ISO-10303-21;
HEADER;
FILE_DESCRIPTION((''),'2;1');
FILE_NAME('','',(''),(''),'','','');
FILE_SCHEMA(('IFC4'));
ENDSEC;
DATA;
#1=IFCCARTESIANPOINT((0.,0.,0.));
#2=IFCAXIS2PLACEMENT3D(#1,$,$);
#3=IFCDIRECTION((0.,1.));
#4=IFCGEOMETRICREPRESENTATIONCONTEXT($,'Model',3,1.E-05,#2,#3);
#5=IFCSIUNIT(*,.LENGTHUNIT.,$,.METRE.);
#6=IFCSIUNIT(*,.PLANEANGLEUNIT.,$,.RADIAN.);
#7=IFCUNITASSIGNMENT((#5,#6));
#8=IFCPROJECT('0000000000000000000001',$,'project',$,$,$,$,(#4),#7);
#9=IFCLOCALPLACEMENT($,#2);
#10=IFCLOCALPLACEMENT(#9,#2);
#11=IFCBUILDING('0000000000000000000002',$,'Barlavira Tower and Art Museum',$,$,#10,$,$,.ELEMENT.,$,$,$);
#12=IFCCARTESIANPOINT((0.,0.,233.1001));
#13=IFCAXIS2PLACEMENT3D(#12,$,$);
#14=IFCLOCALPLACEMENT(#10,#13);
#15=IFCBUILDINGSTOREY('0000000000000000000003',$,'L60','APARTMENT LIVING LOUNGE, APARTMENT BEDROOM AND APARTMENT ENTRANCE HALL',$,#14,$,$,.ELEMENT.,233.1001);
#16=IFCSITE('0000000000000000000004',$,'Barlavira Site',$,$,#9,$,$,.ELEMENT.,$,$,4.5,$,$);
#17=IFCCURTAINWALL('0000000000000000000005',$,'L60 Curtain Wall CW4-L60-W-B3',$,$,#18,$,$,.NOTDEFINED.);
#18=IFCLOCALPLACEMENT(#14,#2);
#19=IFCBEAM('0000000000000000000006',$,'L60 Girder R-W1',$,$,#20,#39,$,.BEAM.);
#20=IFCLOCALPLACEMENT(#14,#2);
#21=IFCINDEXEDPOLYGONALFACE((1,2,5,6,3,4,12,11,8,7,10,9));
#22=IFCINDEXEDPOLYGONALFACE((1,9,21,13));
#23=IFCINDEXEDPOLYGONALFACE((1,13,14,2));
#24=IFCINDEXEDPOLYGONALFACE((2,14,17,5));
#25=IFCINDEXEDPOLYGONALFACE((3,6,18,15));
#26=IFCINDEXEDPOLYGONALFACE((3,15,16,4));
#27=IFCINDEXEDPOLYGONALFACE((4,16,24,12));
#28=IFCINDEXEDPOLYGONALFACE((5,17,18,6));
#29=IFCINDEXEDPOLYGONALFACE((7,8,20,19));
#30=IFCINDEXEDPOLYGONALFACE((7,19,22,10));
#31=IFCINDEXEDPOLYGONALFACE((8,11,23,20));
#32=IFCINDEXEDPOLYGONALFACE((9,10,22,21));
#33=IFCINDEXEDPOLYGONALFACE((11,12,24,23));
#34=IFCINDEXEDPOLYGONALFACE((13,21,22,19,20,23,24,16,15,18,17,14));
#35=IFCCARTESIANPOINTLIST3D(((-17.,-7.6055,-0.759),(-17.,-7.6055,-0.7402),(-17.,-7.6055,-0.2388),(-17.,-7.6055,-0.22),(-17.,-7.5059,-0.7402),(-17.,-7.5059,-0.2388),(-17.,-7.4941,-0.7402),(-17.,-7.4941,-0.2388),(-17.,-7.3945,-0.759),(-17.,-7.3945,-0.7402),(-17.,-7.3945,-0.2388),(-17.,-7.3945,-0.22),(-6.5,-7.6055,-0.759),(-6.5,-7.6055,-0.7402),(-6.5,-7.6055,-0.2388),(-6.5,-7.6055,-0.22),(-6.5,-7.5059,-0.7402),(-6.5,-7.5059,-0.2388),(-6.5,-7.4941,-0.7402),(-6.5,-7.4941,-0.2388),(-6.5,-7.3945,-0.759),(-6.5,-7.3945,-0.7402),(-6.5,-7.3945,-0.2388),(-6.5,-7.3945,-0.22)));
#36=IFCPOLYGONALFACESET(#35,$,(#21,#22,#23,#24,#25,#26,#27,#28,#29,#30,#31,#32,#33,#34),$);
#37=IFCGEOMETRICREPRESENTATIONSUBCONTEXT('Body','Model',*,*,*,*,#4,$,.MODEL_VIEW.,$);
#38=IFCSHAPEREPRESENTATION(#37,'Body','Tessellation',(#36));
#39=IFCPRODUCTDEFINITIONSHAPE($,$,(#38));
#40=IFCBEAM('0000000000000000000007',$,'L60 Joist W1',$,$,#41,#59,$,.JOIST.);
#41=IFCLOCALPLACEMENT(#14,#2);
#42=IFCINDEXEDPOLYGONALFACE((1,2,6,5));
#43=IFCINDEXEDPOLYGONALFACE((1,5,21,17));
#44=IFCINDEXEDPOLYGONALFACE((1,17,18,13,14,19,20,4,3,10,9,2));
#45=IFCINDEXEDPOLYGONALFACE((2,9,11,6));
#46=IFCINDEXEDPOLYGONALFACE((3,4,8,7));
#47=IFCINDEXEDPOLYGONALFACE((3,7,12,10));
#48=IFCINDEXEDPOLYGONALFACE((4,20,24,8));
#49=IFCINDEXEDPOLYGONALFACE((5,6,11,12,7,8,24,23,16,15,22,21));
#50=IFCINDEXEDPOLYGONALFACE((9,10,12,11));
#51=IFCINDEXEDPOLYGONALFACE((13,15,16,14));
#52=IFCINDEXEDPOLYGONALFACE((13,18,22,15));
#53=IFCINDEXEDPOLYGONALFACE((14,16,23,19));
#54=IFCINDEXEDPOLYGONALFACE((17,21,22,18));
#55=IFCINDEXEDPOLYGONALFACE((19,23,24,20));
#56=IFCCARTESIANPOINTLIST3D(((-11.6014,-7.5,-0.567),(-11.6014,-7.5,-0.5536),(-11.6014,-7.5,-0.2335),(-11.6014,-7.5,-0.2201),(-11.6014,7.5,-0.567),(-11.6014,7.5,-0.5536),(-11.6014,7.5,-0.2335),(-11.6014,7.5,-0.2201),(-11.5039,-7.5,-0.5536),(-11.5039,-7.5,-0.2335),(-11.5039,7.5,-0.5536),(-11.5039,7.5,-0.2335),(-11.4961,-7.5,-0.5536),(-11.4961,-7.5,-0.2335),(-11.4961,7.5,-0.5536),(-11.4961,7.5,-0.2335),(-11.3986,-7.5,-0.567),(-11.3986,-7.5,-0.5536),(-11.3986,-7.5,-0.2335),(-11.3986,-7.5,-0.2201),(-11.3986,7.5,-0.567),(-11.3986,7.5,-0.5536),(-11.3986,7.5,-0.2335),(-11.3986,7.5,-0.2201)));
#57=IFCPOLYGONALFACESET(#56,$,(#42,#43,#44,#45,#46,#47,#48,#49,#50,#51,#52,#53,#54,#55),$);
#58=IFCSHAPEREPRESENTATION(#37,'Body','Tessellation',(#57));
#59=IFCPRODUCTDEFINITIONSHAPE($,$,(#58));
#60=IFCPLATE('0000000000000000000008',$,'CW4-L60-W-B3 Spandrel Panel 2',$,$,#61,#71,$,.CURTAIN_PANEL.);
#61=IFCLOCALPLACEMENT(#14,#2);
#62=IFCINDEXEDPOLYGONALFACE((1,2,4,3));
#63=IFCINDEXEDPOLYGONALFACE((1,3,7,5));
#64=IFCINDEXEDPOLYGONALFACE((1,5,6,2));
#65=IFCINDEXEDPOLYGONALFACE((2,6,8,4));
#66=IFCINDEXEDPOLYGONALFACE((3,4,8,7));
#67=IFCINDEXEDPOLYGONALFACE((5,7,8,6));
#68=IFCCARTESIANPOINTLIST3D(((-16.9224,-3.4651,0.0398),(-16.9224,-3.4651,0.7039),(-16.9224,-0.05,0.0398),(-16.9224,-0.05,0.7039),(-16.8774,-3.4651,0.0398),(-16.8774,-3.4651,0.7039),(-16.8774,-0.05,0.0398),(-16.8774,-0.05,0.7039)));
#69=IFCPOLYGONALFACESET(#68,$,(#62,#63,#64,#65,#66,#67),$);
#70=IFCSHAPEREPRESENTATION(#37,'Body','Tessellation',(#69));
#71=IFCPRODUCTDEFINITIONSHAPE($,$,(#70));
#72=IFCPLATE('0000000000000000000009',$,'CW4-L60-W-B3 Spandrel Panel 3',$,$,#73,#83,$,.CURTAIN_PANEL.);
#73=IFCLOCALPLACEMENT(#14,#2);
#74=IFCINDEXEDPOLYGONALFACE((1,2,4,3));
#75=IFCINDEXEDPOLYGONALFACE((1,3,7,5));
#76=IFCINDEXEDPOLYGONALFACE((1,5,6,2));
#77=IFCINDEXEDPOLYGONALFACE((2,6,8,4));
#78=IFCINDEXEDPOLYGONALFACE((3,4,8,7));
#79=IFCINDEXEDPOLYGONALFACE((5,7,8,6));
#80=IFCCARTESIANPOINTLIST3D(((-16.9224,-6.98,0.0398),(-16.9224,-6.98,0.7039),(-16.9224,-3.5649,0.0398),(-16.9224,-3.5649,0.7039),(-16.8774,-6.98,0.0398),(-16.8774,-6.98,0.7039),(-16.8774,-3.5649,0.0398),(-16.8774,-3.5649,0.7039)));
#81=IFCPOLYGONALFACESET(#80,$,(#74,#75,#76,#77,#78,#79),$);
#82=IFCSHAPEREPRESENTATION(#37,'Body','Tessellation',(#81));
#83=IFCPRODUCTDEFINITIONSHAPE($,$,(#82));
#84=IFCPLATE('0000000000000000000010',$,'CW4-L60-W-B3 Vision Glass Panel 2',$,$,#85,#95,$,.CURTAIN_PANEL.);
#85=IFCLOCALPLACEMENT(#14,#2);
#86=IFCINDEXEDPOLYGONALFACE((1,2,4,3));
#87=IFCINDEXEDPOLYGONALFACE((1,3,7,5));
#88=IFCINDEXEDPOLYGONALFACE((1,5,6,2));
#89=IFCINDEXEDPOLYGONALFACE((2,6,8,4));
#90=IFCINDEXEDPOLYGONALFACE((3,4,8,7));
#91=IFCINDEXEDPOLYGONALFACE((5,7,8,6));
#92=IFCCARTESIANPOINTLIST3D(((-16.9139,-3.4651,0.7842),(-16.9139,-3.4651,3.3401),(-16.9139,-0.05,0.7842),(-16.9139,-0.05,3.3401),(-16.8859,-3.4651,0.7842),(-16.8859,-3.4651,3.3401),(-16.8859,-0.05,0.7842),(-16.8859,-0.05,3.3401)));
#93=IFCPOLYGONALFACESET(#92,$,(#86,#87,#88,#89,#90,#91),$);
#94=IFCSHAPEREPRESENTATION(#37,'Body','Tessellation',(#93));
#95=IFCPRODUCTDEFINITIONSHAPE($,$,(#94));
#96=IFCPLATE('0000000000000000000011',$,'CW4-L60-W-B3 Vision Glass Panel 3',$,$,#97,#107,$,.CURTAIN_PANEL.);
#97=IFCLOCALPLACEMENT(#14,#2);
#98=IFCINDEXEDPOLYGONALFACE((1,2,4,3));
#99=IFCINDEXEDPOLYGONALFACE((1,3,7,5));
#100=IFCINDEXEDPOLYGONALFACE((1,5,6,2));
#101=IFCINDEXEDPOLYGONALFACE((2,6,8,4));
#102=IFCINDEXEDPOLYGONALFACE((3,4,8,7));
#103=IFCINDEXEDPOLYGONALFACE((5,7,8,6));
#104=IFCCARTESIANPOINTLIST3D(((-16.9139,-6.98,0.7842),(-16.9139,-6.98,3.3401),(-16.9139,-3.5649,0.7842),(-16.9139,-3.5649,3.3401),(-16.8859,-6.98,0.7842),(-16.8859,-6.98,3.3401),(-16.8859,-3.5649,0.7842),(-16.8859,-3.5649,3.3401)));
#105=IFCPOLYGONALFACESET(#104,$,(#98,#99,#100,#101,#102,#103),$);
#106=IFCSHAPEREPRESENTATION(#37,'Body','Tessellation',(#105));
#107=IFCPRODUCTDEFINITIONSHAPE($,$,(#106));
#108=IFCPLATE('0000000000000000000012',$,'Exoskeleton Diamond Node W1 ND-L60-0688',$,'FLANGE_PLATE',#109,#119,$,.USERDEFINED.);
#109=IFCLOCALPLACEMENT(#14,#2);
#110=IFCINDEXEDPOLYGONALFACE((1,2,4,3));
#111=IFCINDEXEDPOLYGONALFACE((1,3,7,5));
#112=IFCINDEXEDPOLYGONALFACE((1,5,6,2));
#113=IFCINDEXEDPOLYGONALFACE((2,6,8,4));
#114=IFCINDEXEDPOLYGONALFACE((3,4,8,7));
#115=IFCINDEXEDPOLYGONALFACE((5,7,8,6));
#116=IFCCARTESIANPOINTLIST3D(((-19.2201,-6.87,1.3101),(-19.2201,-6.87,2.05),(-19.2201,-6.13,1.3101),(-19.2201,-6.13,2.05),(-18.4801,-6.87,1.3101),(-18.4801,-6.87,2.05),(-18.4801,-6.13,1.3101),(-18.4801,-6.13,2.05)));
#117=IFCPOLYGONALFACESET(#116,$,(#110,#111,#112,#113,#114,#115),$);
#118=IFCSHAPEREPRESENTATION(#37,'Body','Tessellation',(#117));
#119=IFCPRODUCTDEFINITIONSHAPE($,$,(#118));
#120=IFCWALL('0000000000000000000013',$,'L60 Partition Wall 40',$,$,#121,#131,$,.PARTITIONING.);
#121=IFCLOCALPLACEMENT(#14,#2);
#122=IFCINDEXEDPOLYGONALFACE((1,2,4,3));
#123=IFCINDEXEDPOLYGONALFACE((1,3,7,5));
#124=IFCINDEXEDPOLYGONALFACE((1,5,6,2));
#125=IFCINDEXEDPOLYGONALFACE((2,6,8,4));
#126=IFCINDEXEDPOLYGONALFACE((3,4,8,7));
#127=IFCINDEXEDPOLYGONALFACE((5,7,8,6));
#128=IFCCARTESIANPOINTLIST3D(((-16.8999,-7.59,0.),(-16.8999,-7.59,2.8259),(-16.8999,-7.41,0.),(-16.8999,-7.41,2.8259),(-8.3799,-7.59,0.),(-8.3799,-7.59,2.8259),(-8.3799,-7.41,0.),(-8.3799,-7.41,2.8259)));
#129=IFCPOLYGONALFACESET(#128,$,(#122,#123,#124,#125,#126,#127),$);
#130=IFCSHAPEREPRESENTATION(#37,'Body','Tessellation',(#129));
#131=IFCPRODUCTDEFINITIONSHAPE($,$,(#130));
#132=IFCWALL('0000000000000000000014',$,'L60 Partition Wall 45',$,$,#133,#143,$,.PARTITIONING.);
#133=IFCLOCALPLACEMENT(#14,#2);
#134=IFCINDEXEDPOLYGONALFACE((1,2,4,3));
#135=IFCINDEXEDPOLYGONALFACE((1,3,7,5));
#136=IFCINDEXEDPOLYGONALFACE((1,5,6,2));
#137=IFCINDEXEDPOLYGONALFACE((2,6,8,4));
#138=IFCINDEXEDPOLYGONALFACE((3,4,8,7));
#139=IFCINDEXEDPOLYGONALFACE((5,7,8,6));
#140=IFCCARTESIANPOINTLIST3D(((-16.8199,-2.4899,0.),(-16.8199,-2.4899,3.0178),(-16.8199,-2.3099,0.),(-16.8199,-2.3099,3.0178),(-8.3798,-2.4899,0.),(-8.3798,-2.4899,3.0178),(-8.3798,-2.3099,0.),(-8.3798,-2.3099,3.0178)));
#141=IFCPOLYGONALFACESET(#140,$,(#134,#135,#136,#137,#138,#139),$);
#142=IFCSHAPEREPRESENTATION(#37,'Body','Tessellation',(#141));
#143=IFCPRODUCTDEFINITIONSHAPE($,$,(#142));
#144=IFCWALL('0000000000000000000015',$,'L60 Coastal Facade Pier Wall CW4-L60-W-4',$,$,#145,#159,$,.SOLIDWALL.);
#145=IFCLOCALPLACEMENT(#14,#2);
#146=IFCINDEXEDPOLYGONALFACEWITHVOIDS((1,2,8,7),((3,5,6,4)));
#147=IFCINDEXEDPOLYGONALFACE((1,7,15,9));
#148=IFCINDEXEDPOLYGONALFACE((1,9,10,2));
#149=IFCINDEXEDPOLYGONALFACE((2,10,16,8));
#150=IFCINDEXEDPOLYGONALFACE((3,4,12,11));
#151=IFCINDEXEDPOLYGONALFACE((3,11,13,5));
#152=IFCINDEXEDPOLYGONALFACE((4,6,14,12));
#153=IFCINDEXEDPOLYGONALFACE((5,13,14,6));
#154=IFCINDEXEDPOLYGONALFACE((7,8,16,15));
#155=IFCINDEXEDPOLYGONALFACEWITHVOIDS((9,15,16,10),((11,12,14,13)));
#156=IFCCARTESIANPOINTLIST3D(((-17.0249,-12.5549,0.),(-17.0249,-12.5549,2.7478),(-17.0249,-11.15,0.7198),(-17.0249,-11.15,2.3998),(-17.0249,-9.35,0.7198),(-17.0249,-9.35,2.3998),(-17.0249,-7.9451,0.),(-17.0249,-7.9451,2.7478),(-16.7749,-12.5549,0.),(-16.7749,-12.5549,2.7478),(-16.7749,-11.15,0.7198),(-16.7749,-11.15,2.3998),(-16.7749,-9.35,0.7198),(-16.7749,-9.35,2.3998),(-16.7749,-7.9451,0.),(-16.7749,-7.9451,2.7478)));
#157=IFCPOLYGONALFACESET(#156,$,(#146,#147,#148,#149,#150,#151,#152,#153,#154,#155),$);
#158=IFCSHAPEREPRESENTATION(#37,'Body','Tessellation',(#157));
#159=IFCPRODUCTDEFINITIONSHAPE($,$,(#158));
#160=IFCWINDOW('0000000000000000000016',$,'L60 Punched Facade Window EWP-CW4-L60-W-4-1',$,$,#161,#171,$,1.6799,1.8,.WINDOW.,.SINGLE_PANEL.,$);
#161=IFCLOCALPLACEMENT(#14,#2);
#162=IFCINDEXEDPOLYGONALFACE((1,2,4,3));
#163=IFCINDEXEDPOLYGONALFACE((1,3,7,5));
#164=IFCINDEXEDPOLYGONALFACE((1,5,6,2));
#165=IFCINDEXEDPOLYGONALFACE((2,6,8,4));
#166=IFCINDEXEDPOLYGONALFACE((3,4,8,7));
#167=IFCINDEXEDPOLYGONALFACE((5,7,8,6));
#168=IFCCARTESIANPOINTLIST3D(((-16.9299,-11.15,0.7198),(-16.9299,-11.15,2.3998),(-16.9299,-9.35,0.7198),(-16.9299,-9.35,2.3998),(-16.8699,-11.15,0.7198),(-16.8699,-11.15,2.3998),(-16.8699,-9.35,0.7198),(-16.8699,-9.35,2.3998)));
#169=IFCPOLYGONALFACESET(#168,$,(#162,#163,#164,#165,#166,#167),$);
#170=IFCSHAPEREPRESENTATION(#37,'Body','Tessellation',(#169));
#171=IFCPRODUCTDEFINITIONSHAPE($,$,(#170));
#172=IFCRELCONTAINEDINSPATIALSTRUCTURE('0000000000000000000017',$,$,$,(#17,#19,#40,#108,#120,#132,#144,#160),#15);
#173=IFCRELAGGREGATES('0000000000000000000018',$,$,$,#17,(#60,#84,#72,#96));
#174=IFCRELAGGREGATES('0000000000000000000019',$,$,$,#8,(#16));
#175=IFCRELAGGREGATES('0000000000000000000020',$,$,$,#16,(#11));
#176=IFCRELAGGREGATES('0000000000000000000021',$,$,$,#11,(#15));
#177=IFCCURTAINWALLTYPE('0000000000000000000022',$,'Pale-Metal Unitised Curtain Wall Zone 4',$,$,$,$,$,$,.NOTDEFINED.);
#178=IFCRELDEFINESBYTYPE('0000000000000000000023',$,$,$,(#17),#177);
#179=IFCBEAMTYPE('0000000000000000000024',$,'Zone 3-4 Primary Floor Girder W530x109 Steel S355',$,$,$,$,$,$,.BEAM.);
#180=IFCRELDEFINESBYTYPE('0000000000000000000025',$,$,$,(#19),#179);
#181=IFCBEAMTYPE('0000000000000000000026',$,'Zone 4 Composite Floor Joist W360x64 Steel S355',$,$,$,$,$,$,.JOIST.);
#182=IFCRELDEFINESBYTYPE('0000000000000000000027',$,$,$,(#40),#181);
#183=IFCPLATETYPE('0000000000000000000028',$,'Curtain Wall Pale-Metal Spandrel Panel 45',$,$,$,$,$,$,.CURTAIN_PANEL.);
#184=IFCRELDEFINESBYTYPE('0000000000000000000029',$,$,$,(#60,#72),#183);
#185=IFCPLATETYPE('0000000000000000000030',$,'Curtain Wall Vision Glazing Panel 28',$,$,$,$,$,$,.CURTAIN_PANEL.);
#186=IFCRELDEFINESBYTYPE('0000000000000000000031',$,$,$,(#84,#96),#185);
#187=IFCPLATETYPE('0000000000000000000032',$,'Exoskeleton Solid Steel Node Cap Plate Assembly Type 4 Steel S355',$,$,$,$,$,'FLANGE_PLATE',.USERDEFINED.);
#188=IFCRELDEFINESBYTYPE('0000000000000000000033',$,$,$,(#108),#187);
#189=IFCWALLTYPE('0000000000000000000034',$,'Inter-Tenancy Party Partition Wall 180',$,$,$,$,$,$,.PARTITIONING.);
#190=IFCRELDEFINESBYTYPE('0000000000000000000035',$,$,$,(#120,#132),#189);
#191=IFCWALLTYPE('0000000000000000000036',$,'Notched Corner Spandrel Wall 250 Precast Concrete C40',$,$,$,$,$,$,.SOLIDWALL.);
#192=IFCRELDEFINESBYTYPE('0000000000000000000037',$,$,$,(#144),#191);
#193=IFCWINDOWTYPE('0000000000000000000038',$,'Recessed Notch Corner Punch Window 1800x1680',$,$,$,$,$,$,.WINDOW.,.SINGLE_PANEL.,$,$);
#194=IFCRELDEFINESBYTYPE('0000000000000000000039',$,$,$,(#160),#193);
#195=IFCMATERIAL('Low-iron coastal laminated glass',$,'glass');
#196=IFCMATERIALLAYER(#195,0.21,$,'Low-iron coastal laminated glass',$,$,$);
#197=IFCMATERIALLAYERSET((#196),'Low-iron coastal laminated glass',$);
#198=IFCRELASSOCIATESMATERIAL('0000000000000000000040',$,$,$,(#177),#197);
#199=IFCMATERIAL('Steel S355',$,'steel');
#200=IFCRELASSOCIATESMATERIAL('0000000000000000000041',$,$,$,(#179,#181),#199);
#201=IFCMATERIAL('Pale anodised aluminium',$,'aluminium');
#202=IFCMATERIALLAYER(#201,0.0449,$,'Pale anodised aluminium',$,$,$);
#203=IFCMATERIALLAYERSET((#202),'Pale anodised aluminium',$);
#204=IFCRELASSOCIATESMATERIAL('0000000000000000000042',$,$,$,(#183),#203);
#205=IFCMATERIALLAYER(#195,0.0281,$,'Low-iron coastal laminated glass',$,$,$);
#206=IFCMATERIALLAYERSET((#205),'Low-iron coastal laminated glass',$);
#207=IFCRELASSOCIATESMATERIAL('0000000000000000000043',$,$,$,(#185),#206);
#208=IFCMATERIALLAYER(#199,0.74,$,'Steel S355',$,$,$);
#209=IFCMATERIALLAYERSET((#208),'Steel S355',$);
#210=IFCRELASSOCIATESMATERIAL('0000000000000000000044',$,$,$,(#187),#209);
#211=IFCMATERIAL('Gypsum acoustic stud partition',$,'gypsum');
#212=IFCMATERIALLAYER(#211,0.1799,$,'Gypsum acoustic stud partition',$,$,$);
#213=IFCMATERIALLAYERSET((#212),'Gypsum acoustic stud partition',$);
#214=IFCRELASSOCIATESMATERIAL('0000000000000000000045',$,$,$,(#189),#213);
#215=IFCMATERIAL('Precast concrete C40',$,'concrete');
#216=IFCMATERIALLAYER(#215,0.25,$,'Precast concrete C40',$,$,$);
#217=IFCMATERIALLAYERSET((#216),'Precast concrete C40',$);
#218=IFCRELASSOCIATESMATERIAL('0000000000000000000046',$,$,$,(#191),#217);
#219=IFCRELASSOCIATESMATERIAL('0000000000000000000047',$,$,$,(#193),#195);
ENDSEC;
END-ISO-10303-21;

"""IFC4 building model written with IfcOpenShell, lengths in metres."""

from ifc_helpers import new_model, si_unit, direction, frame, frame_2d, origin, origin_2d, place, context, subcontext, project, spatial, rectangle, i_section, extrude, material, layer, layer_set, material_profile, profile_set, type_object, element, fill, aggregate, save


model = new_model("IFC4")

# Units and contexts
model_context = context("Model", 3, precision=1e-05, world=origin(), true_north=direction((0.0, 1.0)))
body_context = subcontext(model_context, "Body", "Model", "MODEL_VIEW")
ifc_project = project(units=[si_unit("LENGTHUNIT", "METRE"), si_unit("PLANEANGLEUNIT", "RADIAN")], contexts=[model_context])

# Site, building, storey
site_placement = place(None, origin())
site = spatial("IfcSite", under=ifc_project, at=site_placement, Name="Barlavira Site", CompositionType="ELEMENT", RefElevation=4.5)
building_placement = place(site_placement, origin())
building = spatial("IfcBuilding", under=site, at=building_placement, Name="Barlavira Tower and Art Museum", CompositionType="ELEMENT")
storey_placement = place(building_placement, frame((0.0, 0.0, 233.1001)))
storey = spatial("IfcBuildingStorey", under=building, at=storey_placement, Name="L60", Description="APARTMENT LIVING LOUNGE, APARTMENT BEDROOM AND APARTMENT ENTRANCE HALL", CompositionType="ELEMENT", Elevation=233.1001)

# Curtain wall
ifc_material_1 = material(Name="Low-iron coastal laminated glass", Category="glass")
ifc_layer_1 = layer(ifc_material_1, 0.21, Name="Low-iron coastal laminated glass")
ifc_layer_set_1 = layer_set([ifc_layer_1], Name="Low-iron coastal laminated glass")
curtain_wall_type = type_object("IfcCurtainWallType", Name="Pale-Metal Unitised Curtain Wall Zone 4", PredefinedType="NOTDEFINED", material=ifc_layer_set_1)
curtain_wall_placement = place(storey_placement, origin())
curtain_wall = element("IfcCurtainWall", 1, at=curtain_wall_placement, inside=storey, type_object=curtain_wall_type, Name="L60 Curtain Wall CW4-L60-W-B3", PredefinedType="NOTDEFINED")
ifc_material_2 = material(Name="Pale anodised aluminium", Category="aluminium")

# Beams
ifc_material_3 = material(Name="Steel S355", Category="steel")
ifc_material_profile_1 = material_profile(ifc_material_3, i_section(OverallWidth=0.2109, OverallDepth=0.5391, WebThickness=0.0117, FlangeThickness=0.0188, at=origin_2d()), Name="W530x109.0")
ifc_profile_set_1 = profile_set([ifc_material_profile_1], Name="Steel S355")
beam_type_1 = type_object("IfcBeamType", Name="Zone 3-4 Primary Floor Girder W530x109 Steel S355", PredefinedType="BEAM", material=ifc_profile_set_1)
beam_1_placement = place(storey_placement, frame((-17.0, -7.5, -0.4895), z_axis=(1.0, 0.0, 0.0), x_axis=(0.0, 1.0, 0.0)))
element("IfcBeam", 2, at=beam_1_placement, inside=storey, type_object=beam_type_1, Name="L60 Girder R-W1", PredefinedType="BEAM", context=body_context, shape_type="SweptSolid", body=[
    extrude(i_section(OverallWidth=0.2109, OverallDepth=0.5391, WebThickness=0.0117, FlangeThickness=0.0188, at=origin_2d()), origin(), (0.0, 0.0, 1.0), 10.5),
])
ifc_material_profile_2 = material_profile(ifc_material_3, i_section(OverallWidth=0.2029, OverallDepth=0.3469, WebThickness=0.0078, FlangeThickness=0.0134, at=origin_2d()), Name="W360x64.0")
ifc_profile_set_2 = profile_set([ifc_material_profile_2], Name="Steel S355")
beam_type_2 = type_object("IfcBeamType", Name="Zone 4 Composite Floor Joist W360x64 Steel S355", PredefinedType="JOIST", material=ifc_profile_set_2)
beam_2_placement = place(storey_placement, frame((-11.5, -7.5, -0.3936), z_axis=(0.0, 1.0, 0.0), x_axis=(-1.0, 0.0, 0.0)))
element("IfcBeam", 3, at=beam_2_placement, inside=storey, type_object=beam_type_2, Name="L60 Joist W1", PredefinedType="JOIST", context=body_context, shape_type="SweptSolid", body=[
    extrude(i_section(OverallWidth=0.2029, OverallDepth=0.3469, WebThickness=0.0078, FlangeThickness=0.0134, at=origin_2d()), origin(), (0.0, 0.0, 1.0), 15.0),
])

# Plates
ifc_layer_2 = layer(ifc_material_2, 0.0449, Name="Pale anodised aluminium")
ifc_layer_set_2 = layer_set([ifc_layer_2], Name="Pale anodised aluminium")
plate_type_1 = type_object("IfcPlateType", Name="Curtain Wall Pale-Metal Spandrel Panel 45", PredefinedType="CURTAIN_PANEL", material=ifc_layer_set_2)
plate_1_placement = place(storey_placement, frame((-16.8999, -1.7576, 0.0398), z_axis=(0.0, 0.0, 1.0), x_axis=(0.0, -1.0, 0.0)))
plate_1 = element("IfcPlate", 4, at=plate_1_placement, type_object=plate_type_1, Name="CW4-L60-W-B3 Spandrel Panel 2", PredefinedType="CURTAIN_PANEL", context=body_context, shape_type="SweptSolid", body=[
    extrude(rectangle(XDim=3.415, YDim=0.0449, at=origin_2d()), origin(), (0.0, 0.0, 1.0), 0.6641),
])
plate_2_placement = place(storey_placement, frame((-16.8999, -5.2725, 0.0398), z_axis=(0.0, 0.0, 1.0), x_axis=(0.0, -1.0, 0.0)))
plate_2 = element("IfcPlate", 5, at=plate_2_placement, type_object=plate_type_1, Name="CW4-L60-W-B3 Spandrel Panel 3", PredefinedType="CURTAIN_PANEL", context=body_context, shape_type="SweptSolid", body=[
    extrude(rectangle(XDim=3.415, YDim=0.0449, at=origin_2d()), origin(), (0.0, 0.0, 1.0), 0.6641),
])
ifc_layer_3 = layer(ifc_material_1, 0.0281, Name="Low-iron coastal laminated glass")
ifc_layer_set_3 = layer_set([ifc_layer_3], Name="Low-iron coastal laminated glass")
plate_type_2 = type_object("IfcPlateType", Name="Curtain Wall Vision Glazing Panel 28", PredefinedType="CURTAIN_PANEL", material=ifc_layer_set_3)
plate_3_placement = place(storey_placement, frame((-16.8999, -1.7576, 0.7842), z_axis=(0.0, 0.0, 1.0), x_axis=(0.0, -1.0, 0.0)))
plate_3 = element("IfcPlate", 6, at=plate_3_placement, type_object=plate_type_2, Name="CW4-L60-W-B3 Vision Glass Panel 2", PredefinedType="CURTAIN_PANEL", context=body_context, shape_type="SweptSolid", body=[
    extrude(rectangle(XDim=3.415, YDim=0.0281, at=origin_2d()), origin(), (0.0, 0.0, 1.0), 2.5559),
])
plate_4_placement = place(storey_placement, frame((-16.8999, -5.2725, 0.7842), z_axis=(0.0, 0.0, 1.0), x_axis=(0.0, -1.0, 0.0)))
plate_4 = element("IfcPlate", 7, at=plate_4_placement, type_object=plate_type_2, Name="CW4-L60-W-B3 Vision Glass Panel 3", PredefinedType="CURTAIN_PANEL", context=body_context, shape_type="SweptSolid", body=[
    extrude(rectangle(XDim=3.415, YDim=0.0281, at=origin_2d()), origin(), (0.0, 0.0, 1.0), 2.5559),
])
aggregate(curtain_wall, [plate_1, plate_3, plate_2, plate_4])
ifc_layer_4 = layer(ifc_material_3, 0.74, Name="Steel S355")
ifc_layer_set_4 = layer_set([ifc_layer_4], Name="Steel S355")
plate_type_3 = type_object("IfcPlateType", Name="Exoskeleton Solid Steel Node Cap Plate Assembly Type 4 Steel S355", ElementType="FLANGE_PLATE", PredefinedType="USERDEFINED", material=ifc_layer_set_4)
plate_5_placement = place(storey_placement, frame((-18.8501, -6.5, 1.3101), z_axis=(0.0, 0.0, 1.0), x_axis=(1.0, 0.0, 0.0)))
element("IfcPlate", 8, at=plate_5_placement, inside=storey, type_object=plate_type_3, Name="Exoskeleton Diamond Node W1 ND-L60-0688", ObjectType="FLANGE_PLATE", PredefinedType="USERDEFINED", context=body_context, shape_type="SweptSolid", body=[
    extrude(rectangle(XDim=0.74, YDim=0.74, at=origin_2d()), origin(), (0.0, 0.0, 1.0), 0.74),
])

# Walls
ifc_material_4 = material(Name="Gypsum acoustic stud partition", Category="gypsum")
ifc_layer_5 = layer(ifc_material_4, 0.1799, Name="Gypsum acoustic stud partition")
ifc_layer_set_5 = layer_set([ifc_layer_5], Name="Gypsum acoustic stud partition")
wall_type_1 = type_object("IfcWallType", Name="Inter-Tenancy Party Partition Wall 180", PredefinedType="PARTITIONING", material=ifc_layer_set_5)
wall_1_placement = place(storey_placement, frame((-16.8999, -7.5, 0.0), z_axis=(0.0, 0.0, 1.0), x_axis=(1.0, 0.0, 0.0)))
element("IfcWall", 9, at=wall_1_placement, inside=storey, type_object=wall_type_1, Name="L60 Partition Wall 40", PredefinedType="PARTITIONING", context=body_context, shape_type="SweptSolid", body=[
    extrude(rectangle(XDim=8.52, YDim=0.1799, at=frame_2d((4.26, 0.0))), origin(), (0.0, 0.0, 1.0), 2.8259),
])
wall_2_placement = place(storey_placement, frame((-16.8201, -2.3999, 0.0), z_axis=(0.0, 0.0, 1.0), x_axis=(1.0, 0.0, 0.0)))
element("IfcWall", 10, at=wall_2_placement, inside=storey, type_object=wall_type_1, Name="L60 Partition Wall 45", PredefinedType="PARTITIONING", context=body_context, shape_type="SweptSolid", body=[
    extrude(rectangle(XDim=8.4402, YDim=0.1799, at=frame_2d((4.2202, 0.0))), origin(), (0.0, 0.0, 1.0), 3.0178),
])

# Wall, opening, window
ifc_material_5 = material(Name="Precast concrete C40", Category="concrete")
ifc_layer_6 = layer(ifc_material_5, 0.25, Name="Precast concrete C40")
ifc_layer_set_6 = layer_set([ifc_layer_6], Name="Precast concrete C40")
wall_type_2 = type_object("IfcWallType", Name="Notched Corner Spandrel Wall 250 Precast Concrete C40", PredefinedType="SOLIDWALL", material=ifc_layer_set_6)
wall_3_placement = place(storey_placement, frame((-16.8999, -7.9451, 0.0), z_axis=(0.0, 0.0, 1.0), x_axis=(0.0, -1.0, 0.0)))
wall_3 = element("IfcWall", 11, at=wall_3_placement, inside=storey, type_object=wall_type_2, Name="L60 Coastal Facade Pier Wall CW4-L60-W-4", PredefinedType="SOLIDWALL", context=body_context, shape_type="SweptSolid", body=[
    extrude(rectangle(XDim=4.6099, YDim=0.25, at=frame_2d((2.3049, 0.0))), origin(), (0.0, 0.0, 1.0), 2.7478),
])
opening_placement = place(wall_3_placement, frame((1.405, 0.0, 0.72)))
opening = element("IfcOpeningElement", 12, at=opening_placement, cuts=wall_3, PredefinedType="OPENING", context=body_context, shape_type="SweptSolid", body=[
    extrude(rectangle(XDim=1.8, YDim=1.6799, at=frame_2d((0.8999, 0.8398))), frame((0.0, 0.135, 0.0), z_axis=(0.0, -1.0, 0.0), x_axis=(1.0, 0.0, 0.0)), (0.0, 0.0, 1.0), 0.27),
])
window_type = type_object("IfcWindowType", Name="Recessed Notch Corner Punch Window 1800x1680", PartitioningType="SINGLE_PANEL", PredefinedType="WINDOW", material=ifc_material_1)
window_placement = place(opening_placement, origin())
window = element("IfcWindow", 13, at=window_placement, inside=storey, type_object=window_type, Name="L60 Punched Facade Window EWP-CW4-L60-W-4-1", OverallHeight=1.6799, OverallWidth=1.8, PartitioningType="SINGLE_PANEL", PredefinedType="WINDOW", context=body_context, shape_type="SweptSolid", body=[
    extrude(rectangle(XDim=1.8, YDim=1.6799, at=frame_2d((0.8999, 0.8398))), frame((0.0, 0.03, 0.0), z_axis=(0.0, -1.0, 0.0), x_axis=(1.0, 0.0, 0.0)), (0.0, 0.0, 1.0), 0.0601),
])
fill(opening, window)

save(model, "model.ifc")
